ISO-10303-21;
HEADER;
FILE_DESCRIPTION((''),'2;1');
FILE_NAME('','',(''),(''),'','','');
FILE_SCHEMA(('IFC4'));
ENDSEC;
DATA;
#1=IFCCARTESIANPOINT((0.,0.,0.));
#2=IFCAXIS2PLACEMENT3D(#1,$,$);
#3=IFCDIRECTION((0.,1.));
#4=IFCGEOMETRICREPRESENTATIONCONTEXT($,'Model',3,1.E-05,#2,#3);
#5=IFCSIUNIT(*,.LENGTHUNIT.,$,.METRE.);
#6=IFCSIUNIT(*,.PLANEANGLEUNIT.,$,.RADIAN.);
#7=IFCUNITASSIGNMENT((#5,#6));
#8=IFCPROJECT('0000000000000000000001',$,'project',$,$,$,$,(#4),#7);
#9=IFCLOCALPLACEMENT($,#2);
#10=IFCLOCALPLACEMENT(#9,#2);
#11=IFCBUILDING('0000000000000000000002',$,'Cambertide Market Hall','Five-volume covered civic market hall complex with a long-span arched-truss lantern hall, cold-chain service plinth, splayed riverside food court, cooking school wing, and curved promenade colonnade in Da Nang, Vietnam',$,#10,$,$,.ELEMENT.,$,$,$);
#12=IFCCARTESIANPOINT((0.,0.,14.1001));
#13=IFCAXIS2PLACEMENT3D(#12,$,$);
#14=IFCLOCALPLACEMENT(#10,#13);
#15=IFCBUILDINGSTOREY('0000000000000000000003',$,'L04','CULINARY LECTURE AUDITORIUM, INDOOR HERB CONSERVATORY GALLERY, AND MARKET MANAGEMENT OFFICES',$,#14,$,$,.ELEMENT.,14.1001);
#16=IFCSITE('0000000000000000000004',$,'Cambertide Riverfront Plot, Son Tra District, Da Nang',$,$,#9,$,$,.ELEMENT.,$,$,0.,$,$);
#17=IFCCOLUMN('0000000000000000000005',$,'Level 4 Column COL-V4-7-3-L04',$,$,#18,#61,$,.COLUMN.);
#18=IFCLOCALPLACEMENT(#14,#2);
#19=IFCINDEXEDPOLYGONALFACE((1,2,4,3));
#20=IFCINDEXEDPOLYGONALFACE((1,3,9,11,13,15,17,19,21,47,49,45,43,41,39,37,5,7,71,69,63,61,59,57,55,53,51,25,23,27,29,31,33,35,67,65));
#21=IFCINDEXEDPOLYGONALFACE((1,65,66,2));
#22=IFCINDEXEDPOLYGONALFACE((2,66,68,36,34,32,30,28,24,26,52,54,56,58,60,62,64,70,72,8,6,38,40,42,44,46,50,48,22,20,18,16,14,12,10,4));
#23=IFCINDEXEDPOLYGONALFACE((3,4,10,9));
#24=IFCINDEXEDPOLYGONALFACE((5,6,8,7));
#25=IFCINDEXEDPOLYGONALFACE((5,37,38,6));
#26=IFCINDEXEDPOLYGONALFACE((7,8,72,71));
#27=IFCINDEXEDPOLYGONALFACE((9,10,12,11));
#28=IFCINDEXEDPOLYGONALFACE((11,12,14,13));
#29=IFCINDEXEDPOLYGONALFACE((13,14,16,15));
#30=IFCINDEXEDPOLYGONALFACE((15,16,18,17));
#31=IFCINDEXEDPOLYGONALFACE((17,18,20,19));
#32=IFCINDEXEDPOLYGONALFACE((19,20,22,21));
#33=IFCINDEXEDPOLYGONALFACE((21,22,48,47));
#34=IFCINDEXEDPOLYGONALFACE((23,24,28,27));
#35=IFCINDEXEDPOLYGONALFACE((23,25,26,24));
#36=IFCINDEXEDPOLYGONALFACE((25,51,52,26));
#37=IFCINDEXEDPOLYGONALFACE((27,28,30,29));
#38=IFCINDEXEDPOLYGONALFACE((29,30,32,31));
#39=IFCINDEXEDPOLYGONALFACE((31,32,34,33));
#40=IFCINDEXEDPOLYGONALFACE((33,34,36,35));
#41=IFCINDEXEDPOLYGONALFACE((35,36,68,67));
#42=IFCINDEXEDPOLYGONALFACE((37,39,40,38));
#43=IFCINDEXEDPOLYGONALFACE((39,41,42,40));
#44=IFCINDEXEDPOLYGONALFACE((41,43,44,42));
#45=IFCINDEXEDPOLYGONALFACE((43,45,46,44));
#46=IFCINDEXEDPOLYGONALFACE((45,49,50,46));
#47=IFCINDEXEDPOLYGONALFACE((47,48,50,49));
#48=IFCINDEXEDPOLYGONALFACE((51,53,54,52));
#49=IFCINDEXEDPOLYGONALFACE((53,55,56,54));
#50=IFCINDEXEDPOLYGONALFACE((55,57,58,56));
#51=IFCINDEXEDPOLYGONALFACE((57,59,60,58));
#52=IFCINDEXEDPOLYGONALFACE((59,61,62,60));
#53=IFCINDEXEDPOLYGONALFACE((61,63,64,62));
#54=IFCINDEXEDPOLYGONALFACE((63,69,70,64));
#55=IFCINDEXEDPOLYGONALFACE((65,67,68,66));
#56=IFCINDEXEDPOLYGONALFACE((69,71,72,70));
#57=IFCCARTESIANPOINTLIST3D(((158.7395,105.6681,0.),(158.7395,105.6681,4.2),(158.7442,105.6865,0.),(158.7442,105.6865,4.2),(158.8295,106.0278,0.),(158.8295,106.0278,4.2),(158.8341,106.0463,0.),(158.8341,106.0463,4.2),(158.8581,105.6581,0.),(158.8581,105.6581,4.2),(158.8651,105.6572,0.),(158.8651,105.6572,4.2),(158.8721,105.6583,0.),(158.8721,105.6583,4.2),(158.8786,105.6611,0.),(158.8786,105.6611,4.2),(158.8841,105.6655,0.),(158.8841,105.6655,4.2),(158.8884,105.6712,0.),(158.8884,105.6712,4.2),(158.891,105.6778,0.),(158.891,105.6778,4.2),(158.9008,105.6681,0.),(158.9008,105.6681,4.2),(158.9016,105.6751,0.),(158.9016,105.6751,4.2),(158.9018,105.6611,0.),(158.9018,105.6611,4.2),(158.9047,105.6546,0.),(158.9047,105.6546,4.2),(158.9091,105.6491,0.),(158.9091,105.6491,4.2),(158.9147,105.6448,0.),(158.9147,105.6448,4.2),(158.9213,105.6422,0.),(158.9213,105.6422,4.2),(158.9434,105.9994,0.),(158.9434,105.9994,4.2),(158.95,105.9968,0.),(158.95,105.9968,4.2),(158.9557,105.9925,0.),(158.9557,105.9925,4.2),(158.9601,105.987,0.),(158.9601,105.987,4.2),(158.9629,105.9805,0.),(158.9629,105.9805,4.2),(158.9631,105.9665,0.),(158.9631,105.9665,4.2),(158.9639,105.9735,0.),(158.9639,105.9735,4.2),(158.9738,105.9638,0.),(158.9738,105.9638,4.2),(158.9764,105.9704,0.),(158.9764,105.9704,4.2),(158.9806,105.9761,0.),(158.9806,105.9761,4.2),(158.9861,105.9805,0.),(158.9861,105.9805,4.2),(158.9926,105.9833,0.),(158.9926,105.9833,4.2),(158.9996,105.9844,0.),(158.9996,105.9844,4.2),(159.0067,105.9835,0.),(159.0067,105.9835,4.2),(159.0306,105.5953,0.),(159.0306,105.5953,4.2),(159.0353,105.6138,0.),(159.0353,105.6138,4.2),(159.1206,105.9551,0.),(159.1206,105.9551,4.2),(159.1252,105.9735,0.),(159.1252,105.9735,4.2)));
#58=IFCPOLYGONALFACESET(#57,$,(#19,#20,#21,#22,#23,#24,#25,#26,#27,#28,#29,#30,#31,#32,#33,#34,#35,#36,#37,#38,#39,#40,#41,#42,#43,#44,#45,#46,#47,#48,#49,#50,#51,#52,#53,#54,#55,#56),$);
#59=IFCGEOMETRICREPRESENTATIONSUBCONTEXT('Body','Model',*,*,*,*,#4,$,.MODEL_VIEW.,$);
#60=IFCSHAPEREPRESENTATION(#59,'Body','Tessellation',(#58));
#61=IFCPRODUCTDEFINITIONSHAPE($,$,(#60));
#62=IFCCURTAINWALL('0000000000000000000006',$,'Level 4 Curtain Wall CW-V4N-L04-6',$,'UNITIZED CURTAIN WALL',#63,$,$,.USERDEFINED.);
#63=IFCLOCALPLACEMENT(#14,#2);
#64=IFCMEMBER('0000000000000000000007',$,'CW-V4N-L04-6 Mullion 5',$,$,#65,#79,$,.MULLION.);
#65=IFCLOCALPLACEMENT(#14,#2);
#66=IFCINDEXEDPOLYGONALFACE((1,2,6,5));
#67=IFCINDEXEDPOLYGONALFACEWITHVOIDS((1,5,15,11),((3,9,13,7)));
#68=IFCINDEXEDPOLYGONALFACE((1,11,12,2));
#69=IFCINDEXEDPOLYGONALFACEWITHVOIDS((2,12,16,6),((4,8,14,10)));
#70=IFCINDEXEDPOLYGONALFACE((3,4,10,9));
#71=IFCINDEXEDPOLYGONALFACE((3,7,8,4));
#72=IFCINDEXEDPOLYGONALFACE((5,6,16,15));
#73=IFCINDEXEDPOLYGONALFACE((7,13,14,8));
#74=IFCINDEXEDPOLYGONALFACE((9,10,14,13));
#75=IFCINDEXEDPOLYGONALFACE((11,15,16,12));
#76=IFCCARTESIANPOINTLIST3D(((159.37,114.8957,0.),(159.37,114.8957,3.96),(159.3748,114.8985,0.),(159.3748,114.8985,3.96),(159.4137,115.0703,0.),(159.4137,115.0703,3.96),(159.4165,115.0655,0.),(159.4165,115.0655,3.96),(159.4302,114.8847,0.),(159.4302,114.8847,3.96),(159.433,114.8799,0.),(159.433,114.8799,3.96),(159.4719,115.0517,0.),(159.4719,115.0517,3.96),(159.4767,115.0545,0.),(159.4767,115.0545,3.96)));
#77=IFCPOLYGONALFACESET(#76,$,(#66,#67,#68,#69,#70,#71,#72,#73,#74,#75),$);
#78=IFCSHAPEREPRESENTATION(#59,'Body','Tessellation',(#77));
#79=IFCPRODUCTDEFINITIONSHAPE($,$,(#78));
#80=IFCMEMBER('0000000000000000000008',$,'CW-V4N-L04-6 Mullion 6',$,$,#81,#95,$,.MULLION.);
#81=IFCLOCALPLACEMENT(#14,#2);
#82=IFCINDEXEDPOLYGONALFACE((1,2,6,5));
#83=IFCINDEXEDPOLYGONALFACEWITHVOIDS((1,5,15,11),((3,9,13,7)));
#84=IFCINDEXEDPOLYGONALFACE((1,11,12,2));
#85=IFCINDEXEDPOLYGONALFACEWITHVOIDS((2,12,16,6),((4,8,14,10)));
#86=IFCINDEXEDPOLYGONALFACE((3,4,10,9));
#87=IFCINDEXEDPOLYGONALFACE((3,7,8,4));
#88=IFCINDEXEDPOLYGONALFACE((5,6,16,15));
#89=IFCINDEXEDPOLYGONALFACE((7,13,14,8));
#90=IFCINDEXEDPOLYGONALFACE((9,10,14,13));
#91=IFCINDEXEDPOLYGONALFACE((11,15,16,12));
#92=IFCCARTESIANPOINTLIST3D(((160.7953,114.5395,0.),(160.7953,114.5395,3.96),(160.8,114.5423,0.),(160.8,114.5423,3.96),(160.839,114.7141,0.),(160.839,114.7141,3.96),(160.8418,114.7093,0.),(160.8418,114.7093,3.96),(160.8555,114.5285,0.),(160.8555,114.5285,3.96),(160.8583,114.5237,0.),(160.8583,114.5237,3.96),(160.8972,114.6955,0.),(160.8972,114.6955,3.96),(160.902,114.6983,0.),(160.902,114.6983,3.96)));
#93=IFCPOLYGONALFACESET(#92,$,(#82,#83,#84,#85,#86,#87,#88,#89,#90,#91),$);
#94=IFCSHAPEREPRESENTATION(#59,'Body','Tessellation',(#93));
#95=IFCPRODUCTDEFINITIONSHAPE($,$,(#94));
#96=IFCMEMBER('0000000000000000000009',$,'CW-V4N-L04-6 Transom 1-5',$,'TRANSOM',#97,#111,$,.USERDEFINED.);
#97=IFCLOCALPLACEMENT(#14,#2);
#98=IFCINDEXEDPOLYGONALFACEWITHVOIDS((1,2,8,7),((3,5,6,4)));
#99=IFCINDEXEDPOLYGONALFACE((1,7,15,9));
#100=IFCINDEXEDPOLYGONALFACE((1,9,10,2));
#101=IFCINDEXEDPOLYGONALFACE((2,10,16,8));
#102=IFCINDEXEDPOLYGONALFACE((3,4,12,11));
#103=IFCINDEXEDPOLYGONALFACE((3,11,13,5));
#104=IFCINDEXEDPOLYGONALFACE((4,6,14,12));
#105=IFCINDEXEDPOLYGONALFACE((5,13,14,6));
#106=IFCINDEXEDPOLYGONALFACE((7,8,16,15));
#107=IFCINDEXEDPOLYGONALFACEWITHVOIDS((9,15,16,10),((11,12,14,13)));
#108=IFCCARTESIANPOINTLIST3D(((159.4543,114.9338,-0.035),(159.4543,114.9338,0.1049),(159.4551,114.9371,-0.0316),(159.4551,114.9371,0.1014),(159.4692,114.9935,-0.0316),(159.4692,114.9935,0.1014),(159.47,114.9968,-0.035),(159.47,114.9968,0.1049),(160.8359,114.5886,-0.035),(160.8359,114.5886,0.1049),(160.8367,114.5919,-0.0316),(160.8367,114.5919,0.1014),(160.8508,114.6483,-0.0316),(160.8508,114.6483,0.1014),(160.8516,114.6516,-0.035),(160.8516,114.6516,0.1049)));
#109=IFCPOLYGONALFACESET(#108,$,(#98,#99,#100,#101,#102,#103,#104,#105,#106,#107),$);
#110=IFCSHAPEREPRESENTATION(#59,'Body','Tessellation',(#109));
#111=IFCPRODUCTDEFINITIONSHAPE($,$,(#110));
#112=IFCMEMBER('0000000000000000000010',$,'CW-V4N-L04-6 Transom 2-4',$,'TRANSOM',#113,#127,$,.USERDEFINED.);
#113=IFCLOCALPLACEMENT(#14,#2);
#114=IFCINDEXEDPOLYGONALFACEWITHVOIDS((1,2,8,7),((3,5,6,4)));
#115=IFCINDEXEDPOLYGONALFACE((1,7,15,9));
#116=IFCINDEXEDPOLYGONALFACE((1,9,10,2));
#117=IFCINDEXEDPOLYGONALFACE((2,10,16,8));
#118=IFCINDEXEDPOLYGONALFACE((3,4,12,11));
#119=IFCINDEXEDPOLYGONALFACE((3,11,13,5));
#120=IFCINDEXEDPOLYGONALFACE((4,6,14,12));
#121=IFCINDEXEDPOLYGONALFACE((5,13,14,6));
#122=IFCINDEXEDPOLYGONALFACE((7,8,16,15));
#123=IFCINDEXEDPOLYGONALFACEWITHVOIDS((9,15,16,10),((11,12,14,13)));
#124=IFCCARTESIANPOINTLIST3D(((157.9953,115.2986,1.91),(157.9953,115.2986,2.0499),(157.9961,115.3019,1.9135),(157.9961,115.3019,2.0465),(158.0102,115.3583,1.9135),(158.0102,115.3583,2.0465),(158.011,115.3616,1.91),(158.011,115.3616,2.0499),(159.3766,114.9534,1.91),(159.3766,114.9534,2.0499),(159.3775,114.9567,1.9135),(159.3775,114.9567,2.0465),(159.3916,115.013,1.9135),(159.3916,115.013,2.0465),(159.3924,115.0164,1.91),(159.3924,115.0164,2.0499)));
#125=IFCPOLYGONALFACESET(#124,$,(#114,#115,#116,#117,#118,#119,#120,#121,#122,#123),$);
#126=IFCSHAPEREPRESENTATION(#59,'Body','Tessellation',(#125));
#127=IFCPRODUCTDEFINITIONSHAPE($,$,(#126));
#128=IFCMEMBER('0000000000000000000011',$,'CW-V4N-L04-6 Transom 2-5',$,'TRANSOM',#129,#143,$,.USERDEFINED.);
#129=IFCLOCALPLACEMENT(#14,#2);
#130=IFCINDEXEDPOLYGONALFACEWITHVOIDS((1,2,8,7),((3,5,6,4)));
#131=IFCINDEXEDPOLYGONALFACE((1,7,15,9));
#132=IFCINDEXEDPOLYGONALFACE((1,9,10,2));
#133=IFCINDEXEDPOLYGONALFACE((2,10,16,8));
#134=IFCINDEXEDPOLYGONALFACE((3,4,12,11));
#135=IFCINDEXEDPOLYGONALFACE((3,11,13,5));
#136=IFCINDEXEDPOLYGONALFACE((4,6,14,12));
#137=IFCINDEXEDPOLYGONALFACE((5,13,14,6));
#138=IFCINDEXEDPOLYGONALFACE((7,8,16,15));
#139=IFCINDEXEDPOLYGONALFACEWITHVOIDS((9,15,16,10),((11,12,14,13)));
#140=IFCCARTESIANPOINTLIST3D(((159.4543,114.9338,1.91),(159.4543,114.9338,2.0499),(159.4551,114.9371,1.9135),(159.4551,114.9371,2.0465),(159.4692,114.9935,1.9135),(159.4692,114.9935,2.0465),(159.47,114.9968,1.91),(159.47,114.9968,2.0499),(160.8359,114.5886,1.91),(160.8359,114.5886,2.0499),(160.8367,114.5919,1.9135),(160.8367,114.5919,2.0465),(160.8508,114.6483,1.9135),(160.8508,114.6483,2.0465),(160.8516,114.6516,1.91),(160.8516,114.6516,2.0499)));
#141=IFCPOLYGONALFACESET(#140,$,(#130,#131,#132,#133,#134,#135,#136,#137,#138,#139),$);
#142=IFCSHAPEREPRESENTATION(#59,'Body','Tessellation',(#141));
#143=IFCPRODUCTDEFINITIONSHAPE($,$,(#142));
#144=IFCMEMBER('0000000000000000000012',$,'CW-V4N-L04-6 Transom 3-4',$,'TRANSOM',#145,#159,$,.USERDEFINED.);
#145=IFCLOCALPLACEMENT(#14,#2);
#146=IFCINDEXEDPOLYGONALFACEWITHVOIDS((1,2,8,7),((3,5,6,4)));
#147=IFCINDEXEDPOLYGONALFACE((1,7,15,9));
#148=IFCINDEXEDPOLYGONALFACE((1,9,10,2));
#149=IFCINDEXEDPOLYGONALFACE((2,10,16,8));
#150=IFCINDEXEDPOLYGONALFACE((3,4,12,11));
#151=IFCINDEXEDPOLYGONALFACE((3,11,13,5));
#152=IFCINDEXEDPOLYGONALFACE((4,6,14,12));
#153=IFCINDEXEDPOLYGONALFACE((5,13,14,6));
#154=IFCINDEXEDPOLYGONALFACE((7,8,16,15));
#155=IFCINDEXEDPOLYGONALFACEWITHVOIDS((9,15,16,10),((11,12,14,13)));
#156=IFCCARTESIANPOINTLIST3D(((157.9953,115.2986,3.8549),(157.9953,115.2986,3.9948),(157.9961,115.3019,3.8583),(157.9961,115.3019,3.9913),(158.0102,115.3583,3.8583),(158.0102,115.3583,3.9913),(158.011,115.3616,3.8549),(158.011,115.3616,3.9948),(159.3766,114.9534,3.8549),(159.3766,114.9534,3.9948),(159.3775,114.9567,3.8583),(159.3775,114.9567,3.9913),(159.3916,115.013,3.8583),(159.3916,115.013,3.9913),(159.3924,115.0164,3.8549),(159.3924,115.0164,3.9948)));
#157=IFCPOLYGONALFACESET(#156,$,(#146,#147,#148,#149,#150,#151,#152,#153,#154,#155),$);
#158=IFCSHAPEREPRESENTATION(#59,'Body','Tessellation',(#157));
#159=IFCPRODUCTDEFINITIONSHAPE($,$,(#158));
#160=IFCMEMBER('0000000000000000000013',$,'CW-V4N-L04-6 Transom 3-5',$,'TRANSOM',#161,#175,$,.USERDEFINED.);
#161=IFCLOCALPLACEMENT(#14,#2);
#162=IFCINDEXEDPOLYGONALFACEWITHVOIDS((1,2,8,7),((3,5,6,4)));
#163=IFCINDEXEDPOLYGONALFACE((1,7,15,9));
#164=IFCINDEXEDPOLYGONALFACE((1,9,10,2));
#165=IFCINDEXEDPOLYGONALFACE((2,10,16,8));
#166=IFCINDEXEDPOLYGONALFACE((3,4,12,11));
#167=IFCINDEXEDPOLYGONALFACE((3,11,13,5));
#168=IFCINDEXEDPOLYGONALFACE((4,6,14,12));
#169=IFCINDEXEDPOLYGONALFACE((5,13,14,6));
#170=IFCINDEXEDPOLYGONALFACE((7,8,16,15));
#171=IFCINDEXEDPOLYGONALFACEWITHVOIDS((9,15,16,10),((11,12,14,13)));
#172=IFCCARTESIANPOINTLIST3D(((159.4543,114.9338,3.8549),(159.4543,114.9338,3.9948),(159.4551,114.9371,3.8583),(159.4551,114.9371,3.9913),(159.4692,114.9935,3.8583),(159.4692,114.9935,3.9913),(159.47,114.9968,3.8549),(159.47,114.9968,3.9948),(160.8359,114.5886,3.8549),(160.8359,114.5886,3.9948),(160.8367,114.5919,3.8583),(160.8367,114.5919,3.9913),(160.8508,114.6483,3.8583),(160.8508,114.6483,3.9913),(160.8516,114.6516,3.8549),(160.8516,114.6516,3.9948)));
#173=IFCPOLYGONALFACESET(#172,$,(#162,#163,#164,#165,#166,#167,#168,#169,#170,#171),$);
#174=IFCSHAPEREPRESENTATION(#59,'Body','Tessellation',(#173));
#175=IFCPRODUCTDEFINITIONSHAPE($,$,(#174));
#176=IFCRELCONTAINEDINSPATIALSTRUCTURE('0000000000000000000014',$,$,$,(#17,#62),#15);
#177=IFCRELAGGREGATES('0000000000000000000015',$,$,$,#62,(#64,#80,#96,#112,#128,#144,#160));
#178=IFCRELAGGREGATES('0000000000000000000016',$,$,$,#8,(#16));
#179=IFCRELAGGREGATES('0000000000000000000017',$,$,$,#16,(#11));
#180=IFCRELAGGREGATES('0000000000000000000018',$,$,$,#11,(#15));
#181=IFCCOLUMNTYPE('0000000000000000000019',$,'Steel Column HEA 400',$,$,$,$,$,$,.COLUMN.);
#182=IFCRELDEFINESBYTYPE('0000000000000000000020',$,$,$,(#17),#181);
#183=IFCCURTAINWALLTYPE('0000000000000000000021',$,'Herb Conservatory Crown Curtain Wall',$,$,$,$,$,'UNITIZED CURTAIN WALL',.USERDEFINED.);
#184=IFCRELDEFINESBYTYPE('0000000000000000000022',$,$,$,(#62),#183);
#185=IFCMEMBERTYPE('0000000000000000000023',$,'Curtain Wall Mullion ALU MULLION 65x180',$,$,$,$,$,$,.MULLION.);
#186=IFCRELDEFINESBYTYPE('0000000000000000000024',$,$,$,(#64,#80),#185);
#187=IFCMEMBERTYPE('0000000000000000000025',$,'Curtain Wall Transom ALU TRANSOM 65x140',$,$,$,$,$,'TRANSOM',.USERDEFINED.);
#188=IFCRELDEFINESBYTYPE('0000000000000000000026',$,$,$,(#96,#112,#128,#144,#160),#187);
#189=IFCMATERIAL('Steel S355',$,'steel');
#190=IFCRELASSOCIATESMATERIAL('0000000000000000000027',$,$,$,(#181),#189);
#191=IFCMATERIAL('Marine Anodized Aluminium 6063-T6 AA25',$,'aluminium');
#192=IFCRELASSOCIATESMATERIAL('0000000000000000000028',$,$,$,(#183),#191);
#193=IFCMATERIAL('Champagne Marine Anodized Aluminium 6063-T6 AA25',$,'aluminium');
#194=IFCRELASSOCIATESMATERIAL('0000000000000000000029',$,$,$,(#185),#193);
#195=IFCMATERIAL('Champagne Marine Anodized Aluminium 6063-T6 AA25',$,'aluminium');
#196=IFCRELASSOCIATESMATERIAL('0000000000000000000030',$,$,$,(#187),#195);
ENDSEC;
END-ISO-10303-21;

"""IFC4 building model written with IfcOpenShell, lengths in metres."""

from ifc_helpers import new_model, si_unit, direction, frame, origin, origin_2d, place, context, subcontext, project, spatial, hollow_rectangle, i_section, extrude, material, material_profile, profile_set, type_object, element, aggregate, save


model = new_model("IFC4")

# Units and contexts
model_context = context("Model", 3, precision=1e-05, world=origin(), true_north=direction((0.0, 1.0)))
body_context = subcontext(model_context, "Body", "Model", "MODEL_VIEW")
ifc_project = project(units=[si_unit("LENGTHUNIT", "METRE"), si_unit("PLANEANGLEUNIT", "RADIAN")], contexts=[model_context])

# Site, building, storey
site_placement = place(None, origin())
site = spatial("IfcSite", under=ifc_project, at=site_placement, Name="Cambertide Riverfront Plot, Son Tra District, Da Nang", CompositionType="ELEMENT", RefElevation=0.0)
building_placement = place(site_placement, origin())
building = spatial("IfcBuilding", under=site, at=building_placement, Name="Cambertide Market Hall", Description="Five-volume covered civic market hall complex with a long-span arched-truss lantern hall, cold-chain service plinth, splayed riverside food court, cooking school wing, and curved promenade colonnade in Da Nang, Vietnam", CompositionType="ELEMENT")
storey_placement = place(building_placement, frame((0.0, 0.0, 14.1001)))
storey = spatial("IfcBuildingStorey", under=building, at=storey_placement, Name="L04", Description="CULINARY LECTURE AUDITORIUM, INDOOR HERB CONSERVATORY GALLERY, AND MARKET MANAGEMENT OFFICES", CompositionType="ELEMENT", Elevation=14.1001)

# Column
ifc_material_1 = material(Name="Steel S355", Category="steel")
ifc_material_profile_1 = material_profile(ifc_material_1, i_section(OverallWidth=0.3, OverallDepth=0.3899, WebThickness=0.011, FlangeThickness=0.019, FilletRadius=0.0271, at=origin_2d()), Name="HEA 400")
ifc_profile_set_1 = profile_set([ifc_material_profile_1], Name="Steel S355")
column_type = type_object("IfcColumnType", Name="Steel Column HEA 400", PredefinedType="COLUMN", material=ifc_profile_set_1)
column_placement = place(storey_placement, frame((158.9324, 105.8208, 0.0), z_axis=(0.0, 0.0, 1.0), x_axis=(0.970143, -0.242536, 0.0)))
element("IfcColumn", 1, at=column_placement, inside=storey, type_object=column_type, Name="Level 4 Column COL-V4-7-3-L04", PredefinedType="COLUMN", context=body_context, shape_type="SweptSolid", body=[
    extrude(i_section(OverallWidth=0.3, OverallDepth=0.3899, WebThickness=0.011, FlangeThickness=0.019, FilletRadius=0.0271, at=origin_2d()), origin(), (0.0, 0.0, 1.0), 4.2),
])

# Curtain wall, members
ifc_material_2 = material(Name="Marine Anodized Aluminium 6063-T6 AA25", Category="aluminium")
curtain_wall_type = type_object("IfcCurtainWallType", Name="Herb Conservatory Crown Curtain Wall", ElementType="UNITIZED CURTAIN WALL", PredefinedType="USERDEFINED", material=ifc_material_2)
curtain_wall_placement = place(storey_placement, origin())
curtain_wall = element("IfcCurtainWall", 2, at=curtain_wall_placement, inside=storey, type_object=curtain_wall_type, Name="Level 4 Curtain Wall CW-V4N-L04-6", ObjectType="UNITIZED CURTAIN WALL", PredefinedType="USERDEFINED")
ifc_material_3 = material(Name="Champagne Marine Anodized Aluminium 6063-T6 AA25", Category="aluminium")
ifc_material_profile_2 = material_profile(ifc_material_3, hollow_rectangle(XDim=0.0649, YDim=0.1799, WallThickness=0.0039, at=origin_2d()), Name="ALU MULLION 65x180")
ifc_profile_set_2 = profile_set([ifc_material_profile_2], Name="Champagne Marine Anodized Aluminium 6063-T6 AA25")
member_type_1 = type_object("IfcMemberType", Name="Curtain Wall Mullion ALU MULLION 65x180", PredefinedType="MULLION", material=ifc_profile_set_2)
member_1_placement = place(storey_placement, frame((159.4233, 114.9751, 0.0), z_axis=(0.0, 0.0, 1.0), x_axis=(0.970143, -0.242536, 0.0)))
member_1 = element("IfcMember", 3, at=member_1_placement, type_object=member_type_1, Name="CW-V4N-L04-6 Mullion 5", PredefinedType="MULLION", context=body_context, shape_type="SweptSolid", body=[
    extrude(hollow_rectangle(XDim=0.0649, YDim=0.1799, WallThickness=0.0039, at=origin_2d()), origin(), (0.0, 0.0, 1.0), 3.96),
])
member_2_placement = place(storey_placement, frame((160.8486, 114.6189, 0.0), z_axis=(0.0, 0.0, 1.0), x_axis=(0.970143, -0.242536, 0.0)))
member_2 = element("IfcMember", 4, at=member_2_placement, type_object=member_type_1, Name="CW-V4N-L04-6 Mullion 6", PredefinedType="MULLION", context=body_context, shape_type="SweptSolid", body=[
    extrude(hollow_rectangle(XDim=0.0649, YDim=0.1799, WallThickness=0.0039, at=origin_2d()), origin(), (0.0, 0.0, 1.0), 3.96),
])
ifc_material_4 = material(Name="Champagne Marine Anodized Aluminium 6063-T6 AA25", Category="aluminium")
ifc_material_profile_3 = material_profile(ifc_material_4, hollow_rectangle(XDim=0.0649, YDim=0.1399, WallThickness=0.0034, at=origin_2d()), Name="ALU TRANSOM 65x140")
ifc_profile_set_3 = profile_set([ifc_material_profile_3], Name="Champagne Marine Anodized Aluminium 6063-T6 AA25")
member_type_2 = type_object("IfcMemberType", Name="Curtain Wall Transom ALU TRANSOM 65x140", ElementType="TRANSOM", PredefinedType="USERDEFINED", material=ifc_profile_set_3)
member_3_placement = place(storey_placement, frame((159.4622, 114.9653, 0.0349), z_axis=(0.970173, -0.242415, 0.0), x_axis=(0.242415, 0.970173, 0.0)))
member_3 = element("IfcMember", 5, at=member_3_placement, type_object=member_type_2, Name="CW-V4N-L04-6 Transom 1-5", ObjectType="TRANSOM", PredefinedType="USERDEFINED", context=body_context, shape_type="SweptSolid", body=[
    extrude(hollow_rectangle(XDim=0.0649, YDim=0.1399, WallThickness=0.0034, at=origin_2d()), origin(), (0.0, 0.0, 1.0), 1.4241),
])
member_4_placement = place(storey_placement, frame((158.0032, 115.3301, 1.98), z_axis=(0.970163, -0.242455, 0.0), x_axis=(0.242455, 0.970163, 0.0)))
member_4 = element("IfcMember", 6, at=member_4_placement, type_object=member_type_2, Name="CW-V4N-L04-6 Transom 2-4", ObjectType="TRANSOM", PredefinedType="USERDEFINED", context=body_context, shape_type="SweptSolid", body=[
    extrude(hollow_rectangle(XDim=0.0649, YDim=0.1399, WallThickness=0.0034, at=origin_2d()), origin(), (0.0, 0.0, 1.0), 1.4238),
])
member_5_placement = place(storey_placement, frame((159.4622, 114.9653, 1.98), z_axis=(0.970173, -0.242415, 0.0), x_axis=(0.242415, 0.970173, 0.0)))
member_5 = element("IfcMember", 7, at=member_5_placement, type_object=member_type_2, Name="CW-V4N-L04-6 Transom 2-5", ObjectType="TRANSOM", PredefinedType="USERDEFINED", context=body_context, shape_type="SweptSolid", body=[
    extrude(hollow_rectangle(XDim=0.0649, YDim=0.1399, WallThickness=0.0034, at=origin_2d()), origin(), (0.0, 0.0, 1.0), 1.4241),
])
member_6_placement = place(storey_placement, frame((158.0032, 115.3301, 3.9248), z_axis=(0.970163, -0.242455, 0.0), x_axis=(0.242455, 0.970163, 0.0)))
member_6 = element("IfcMember", 8, at=member_6_placement, type_object=member_type_2, Name="CW-V4N-L04-6 Transom 3-4", ObjectType="TRANSOM", PredefinedType="USERDEFINED", context=body_context, shape_type="SweptSolid", body=[
    extrude(hollow_rectangle(XDim=0.0649, YDim=0.1399, WallThickness=0.0034, at=origin_2d()), origin(), (0.0, 0.0, 1.0), 1.4238),
])
member_7_placement = place(storey_placement, frame((159.4622, 114.9653, 3.9248), z_axis=(0.970173, -0.242415, 0.0), x_axis=(0.242415, 0.970173, 0.0)))
member_7 = element("IfcMember", 9, at=member_7_placement, type_object=member_type_2, Name="CW-V4N-L04-6 Transom 3-5", ObjectType="TRANSOM", PredefinedType="USERDEFINED", context=body_context, shape_type="SweptSolid", body=[
    extrude(hollow_rectangle(XDim=0.0649, YDim=0.1399, WallThickness=0.0034, at=origin_2d()), origin(), (0.0, 0.0, 1.0), 1.4241),
])

aggregate(curtain_wall, [member_1, member_2, member_3, member_4, member_5, member_6, member_7])

save(model, "model.ifc")
